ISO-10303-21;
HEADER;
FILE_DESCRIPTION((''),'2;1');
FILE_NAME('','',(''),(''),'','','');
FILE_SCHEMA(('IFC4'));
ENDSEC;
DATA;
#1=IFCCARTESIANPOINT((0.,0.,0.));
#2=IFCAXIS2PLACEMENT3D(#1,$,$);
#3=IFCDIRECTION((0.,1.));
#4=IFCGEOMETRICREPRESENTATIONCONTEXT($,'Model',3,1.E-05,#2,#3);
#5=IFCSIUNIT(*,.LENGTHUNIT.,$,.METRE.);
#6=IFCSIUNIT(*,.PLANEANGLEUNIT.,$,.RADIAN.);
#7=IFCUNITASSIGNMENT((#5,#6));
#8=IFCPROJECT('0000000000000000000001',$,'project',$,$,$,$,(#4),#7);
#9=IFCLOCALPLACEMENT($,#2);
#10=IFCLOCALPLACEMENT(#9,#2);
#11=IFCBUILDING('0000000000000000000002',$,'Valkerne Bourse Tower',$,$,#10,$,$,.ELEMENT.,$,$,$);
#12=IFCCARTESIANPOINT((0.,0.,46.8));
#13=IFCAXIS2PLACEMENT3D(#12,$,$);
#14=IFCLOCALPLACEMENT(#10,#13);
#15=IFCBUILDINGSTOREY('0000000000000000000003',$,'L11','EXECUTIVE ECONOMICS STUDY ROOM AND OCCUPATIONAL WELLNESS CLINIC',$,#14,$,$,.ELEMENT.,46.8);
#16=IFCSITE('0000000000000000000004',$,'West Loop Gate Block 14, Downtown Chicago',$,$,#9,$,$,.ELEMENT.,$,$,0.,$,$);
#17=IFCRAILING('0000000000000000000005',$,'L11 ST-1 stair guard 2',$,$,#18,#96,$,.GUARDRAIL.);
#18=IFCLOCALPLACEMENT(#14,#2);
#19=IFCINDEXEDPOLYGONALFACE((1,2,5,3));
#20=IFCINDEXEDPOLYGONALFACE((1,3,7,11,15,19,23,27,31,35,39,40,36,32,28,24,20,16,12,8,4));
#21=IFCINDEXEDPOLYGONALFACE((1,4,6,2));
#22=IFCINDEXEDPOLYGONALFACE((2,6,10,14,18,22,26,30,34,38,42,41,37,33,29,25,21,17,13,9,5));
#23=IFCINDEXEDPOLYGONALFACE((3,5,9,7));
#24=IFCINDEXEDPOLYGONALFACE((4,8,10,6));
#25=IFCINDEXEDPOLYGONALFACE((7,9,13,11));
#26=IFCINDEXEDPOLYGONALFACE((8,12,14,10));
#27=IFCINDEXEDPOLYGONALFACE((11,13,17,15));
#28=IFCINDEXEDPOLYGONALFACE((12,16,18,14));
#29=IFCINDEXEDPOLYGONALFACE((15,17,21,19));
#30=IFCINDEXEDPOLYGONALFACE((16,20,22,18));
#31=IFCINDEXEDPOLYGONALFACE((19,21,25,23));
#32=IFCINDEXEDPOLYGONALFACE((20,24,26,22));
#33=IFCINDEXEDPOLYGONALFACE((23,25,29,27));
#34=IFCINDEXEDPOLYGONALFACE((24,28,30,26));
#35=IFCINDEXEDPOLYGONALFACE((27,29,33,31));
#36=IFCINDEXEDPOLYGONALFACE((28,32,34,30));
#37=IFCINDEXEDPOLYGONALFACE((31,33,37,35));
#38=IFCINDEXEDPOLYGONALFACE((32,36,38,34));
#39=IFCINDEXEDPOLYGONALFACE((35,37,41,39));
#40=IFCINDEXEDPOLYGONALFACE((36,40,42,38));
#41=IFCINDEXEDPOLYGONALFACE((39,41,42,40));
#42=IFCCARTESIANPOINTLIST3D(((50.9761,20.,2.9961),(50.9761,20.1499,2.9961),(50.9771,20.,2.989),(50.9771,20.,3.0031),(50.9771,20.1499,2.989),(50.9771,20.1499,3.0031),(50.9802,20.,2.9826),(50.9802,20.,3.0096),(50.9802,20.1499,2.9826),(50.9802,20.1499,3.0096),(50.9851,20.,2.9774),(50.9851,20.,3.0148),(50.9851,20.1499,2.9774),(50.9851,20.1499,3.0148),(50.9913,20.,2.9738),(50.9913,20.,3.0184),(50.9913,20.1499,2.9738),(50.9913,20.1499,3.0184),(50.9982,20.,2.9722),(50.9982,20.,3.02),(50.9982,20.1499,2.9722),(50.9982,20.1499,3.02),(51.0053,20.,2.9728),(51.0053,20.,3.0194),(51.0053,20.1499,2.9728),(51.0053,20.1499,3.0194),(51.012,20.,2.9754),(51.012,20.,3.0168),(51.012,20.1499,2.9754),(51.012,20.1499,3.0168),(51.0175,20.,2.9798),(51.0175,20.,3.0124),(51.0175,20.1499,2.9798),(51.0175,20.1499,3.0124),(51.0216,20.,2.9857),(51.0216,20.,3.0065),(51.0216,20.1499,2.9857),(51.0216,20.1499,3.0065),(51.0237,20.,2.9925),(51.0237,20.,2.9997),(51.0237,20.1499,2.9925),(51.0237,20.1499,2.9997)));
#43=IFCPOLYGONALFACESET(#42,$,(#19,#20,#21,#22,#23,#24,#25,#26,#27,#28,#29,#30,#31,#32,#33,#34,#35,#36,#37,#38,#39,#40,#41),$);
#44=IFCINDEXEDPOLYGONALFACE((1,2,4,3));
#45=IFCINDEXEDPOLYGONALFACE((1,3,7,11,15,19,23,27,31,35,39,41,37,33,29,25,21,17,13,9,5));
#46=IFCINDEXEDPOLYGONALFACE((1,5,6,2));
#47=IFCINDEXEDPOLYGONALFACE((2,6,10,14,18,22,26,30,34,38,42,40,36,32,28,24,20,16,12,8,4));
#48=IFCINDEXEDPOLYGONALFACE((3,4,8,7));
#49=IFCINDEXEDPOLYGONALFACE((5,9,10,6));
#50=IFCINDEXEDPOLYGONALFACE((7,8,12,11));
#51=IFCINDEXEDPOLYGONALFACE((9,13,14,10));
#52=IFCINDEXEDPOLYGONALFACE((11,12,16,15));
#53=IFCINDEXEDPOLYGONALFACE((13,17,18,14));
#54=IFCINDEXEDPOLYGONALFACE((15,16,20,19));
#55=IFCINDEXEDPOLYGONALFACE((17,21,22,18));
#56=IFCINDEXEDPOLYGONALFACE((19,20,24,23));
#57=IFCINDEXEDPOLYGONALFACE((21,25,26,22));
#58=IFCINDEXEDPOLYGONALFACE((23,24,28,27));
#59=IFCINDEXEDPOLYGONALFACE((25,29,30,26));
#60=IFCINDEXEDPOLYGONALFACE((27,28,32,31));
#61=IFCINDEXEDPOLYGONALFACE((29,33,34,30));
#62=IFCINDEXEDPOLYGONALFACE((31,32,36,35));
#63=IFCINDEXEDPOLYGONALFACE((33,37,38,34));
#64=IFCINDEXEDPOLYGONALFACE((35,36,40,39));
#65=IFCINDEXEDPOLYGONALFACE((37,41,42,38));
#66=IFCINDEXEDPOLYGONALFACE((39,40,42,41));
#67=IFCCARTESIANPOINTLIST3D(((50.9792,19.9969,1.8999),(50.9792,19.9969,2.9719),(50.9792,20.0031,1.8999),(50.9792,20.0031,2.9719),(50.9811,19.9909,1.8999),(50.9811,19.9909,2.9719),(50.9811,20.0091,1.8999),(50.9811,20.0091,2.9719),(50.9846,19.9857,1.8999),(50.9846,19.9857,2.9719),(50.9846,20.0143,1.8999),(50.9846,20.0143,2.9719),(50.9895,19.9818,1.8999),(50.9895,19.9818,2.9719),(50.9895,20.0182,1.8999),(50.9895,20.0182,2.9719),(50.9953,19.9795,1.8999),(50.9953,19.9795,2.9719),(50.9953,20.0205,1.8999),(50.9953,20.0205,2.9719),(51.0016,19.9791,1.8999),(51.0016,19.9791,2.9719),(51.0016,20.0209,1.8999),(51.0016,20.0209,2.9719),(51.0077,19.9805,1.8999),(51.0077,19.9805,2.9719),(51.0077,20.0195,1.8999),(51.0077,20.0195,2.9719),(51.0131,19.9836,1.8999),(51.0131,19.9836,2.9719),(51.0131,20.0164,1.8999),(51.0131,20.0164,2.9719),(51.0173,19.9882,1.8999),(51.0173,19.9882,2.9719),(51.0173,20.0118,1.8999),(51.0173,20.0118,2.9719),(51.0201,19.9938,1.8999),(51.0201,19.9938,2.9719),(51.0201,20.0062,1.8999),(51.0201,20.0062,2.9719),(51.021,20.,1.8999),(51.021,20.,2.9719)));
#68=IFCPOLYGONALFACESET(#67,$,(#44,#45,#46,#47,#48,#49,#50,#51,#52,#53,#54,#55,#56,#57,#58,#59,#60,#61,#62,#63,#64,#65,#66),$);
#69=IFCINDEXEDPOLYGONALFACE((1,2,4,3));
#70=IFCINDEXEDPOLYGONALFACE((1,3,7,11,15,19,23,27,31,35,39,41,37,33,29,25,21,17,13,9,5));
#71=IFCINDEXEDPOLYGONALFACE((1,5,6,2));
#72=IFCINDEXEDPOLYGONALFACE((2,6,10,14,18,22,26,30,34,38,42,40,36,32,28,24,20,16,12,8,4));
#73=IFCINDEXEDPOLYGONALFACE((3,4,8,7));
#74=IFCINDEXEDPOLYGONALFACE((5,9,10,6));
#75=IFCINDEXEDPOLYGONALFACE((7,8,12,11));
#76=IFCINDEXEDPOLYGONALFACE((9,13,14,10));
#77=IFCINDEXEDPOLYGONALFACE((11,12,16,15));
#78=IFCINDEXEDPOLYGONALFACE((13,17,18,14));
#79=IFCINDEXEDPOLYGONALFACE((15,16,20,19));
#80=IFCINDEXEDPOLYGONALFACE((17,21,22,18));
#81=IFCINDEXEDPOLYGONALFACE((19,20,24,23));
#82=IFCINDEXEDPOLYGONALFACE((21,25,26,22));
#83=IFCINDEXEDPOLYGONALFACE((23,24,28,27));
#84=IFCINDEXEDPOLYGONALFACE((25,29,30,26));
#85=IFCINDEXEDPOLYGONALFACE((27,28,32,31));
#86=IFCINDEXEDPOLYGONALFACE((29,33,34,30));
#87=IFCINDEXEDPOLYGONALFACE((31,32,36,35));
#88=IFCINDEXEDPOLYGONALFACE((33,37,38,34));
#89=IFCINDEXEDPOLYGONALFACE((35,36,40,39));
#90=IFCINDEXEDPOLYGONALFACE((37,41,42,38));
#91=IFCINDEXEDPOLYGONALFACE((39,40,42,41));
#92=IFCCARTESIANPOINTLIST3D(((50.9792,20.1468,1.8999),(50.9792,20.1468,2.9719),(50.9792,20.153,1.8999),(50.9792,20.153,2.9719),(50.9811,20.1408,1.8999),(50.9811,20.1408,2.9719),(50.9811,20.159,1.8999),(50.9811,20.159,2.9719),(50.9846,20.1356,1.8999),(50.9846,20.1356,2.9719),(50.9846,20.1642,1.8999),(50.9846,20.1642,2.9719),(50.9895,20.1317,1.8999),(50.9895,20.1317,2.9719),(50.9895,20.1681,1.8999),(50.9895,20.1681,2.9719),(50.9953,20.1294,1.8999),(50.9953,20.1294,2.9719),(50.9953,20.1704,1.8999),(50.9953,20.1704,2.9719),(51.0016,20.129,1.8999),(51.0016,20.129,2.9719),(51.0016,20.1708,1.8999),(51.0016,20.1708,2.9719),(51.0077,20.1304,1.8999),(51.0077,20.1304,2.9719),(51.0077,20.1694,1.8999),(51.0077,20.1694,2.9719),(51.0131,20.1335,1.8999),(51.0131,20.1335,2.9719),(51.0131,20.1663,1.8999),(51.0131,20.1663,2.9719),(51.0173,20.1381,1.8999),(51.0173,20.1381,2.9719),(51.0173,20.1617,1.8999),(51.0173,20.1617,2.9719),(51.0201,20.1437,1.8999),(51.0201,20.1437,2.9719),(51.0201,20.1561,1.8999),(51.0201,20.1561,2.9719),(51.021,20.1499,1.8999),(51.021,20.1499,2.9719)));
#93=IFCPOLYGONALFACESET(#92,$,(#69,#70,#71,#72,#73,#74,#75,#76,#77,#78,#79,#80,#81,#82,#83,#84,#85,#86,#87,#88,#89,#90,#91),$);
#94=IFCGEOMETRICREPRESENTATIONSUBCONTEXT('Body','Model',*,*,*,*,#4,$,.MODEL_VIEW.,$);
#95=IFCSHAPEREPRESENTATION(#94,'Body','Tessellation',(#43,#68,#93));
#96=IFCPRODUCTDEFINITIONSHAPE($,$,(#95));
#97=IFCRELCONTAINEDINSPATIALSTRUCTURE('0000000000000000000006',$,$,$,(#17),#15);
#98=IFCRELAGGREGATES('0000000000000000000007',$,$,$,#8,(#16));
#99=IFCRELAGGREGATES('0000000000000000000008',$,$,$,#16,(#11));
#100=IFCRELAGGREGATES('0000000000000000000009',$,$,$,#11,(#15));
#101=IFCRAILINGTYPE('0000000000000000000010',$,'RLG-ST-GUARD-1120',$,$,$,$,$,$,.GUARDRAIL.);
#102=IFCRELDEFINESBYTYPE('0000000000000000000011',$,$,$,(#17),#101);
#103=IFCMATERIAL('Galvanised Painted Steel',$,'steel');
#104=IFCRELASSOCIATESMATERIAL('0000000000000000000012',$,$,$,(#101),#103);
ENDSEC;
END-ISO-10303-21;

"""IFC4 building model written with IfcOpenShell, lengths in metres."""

from ifc_helpers import new_model, si_unit, direction, frame, origin, origin_2d, place, context, subcontext, project, spatial, circle, extrude, material, type_object, element, save


model = new_model("IFC4")

# Units and contexts
model_context = context("Model", 3, precision=1e-05, world=origin(), true_north=direction((0.0, 1.0)))
body_context = subcontext(model_context, "Body", "Model", "MODEL_VIEW")
ifc_project = project(units=[si_unit("LENGTHUNIT", "METRE"), si_unit("PLANEANGLEUNIT", "RADIAN")], contexts=[model_context])

# Site, building, storey
site_placement = place(None, origin())
site = spatial("IfcSite", under=ifc_project, at=site_placement, Name="West Loop Gate Block 14, Downtown Chicago", CompositionType="ELEMENT", RefElevation=0.0)
building_placement = place(site_placement, origin())
building = spatial("IfcBuilding", under=site, at=building_placement, Name="Valkerne Bourse Tower", CompositionType="ELEMENT")
storey_placement = place(building_placement, frame((0.0, 0.0, 46.8)))
storey = spatial("IfcBuildingStorey", under=building, at=storey_placement, Name="L11", Description="EXECUTIVE ECONOMICS STUDY ROOM AND OCCUPATIONAL WELLNESS CLINIC", CompositionType="ELEMENT", Elevation=46.8)

# Shared definitions
ifc_material_1 = material(Name="Galvanised Painted Steel", Category="steel")

# Railing
railing_type_1 = type_object("IfcRailingType", Name="RLG-ST-GUARD-1120", PredefinedType="GUARDRAIL", material=ifc_material_1)
railing_1_placement = place(storey_placement, frame((51.0, 20.0, 1.8999)))
element("IfcRailing", 1, at=railing_1_placement, inside=storey, type_object=railing_type_1, Name="L11 ST-1 stair guard 2", PredefinedType="GUARDRAIL", context=body_context, shape_type="SweptSolid", body=[
    extrude(circle(Radius=0.0239, at=origin_2d()), frame((0.0, 0.0, 1.0962), z_axis=(0.0, 1.0, 0.0), x_axis=(-1.0, 0.0, 0.0)), (0.0, 0.0, 1.0), 0.1499),
    extrude(circle(Radius=0.021, at=origin_2d()), origin(), (0.0, 0.0, 1.0), 1.072),
    extrude(circle(Radius=0.021, at=origin_2d()), frame((0.0, 0.1499, 0.0)), (0.0, 0.0, 1.0), 1.072),
])

save(model, "model.ifc")
